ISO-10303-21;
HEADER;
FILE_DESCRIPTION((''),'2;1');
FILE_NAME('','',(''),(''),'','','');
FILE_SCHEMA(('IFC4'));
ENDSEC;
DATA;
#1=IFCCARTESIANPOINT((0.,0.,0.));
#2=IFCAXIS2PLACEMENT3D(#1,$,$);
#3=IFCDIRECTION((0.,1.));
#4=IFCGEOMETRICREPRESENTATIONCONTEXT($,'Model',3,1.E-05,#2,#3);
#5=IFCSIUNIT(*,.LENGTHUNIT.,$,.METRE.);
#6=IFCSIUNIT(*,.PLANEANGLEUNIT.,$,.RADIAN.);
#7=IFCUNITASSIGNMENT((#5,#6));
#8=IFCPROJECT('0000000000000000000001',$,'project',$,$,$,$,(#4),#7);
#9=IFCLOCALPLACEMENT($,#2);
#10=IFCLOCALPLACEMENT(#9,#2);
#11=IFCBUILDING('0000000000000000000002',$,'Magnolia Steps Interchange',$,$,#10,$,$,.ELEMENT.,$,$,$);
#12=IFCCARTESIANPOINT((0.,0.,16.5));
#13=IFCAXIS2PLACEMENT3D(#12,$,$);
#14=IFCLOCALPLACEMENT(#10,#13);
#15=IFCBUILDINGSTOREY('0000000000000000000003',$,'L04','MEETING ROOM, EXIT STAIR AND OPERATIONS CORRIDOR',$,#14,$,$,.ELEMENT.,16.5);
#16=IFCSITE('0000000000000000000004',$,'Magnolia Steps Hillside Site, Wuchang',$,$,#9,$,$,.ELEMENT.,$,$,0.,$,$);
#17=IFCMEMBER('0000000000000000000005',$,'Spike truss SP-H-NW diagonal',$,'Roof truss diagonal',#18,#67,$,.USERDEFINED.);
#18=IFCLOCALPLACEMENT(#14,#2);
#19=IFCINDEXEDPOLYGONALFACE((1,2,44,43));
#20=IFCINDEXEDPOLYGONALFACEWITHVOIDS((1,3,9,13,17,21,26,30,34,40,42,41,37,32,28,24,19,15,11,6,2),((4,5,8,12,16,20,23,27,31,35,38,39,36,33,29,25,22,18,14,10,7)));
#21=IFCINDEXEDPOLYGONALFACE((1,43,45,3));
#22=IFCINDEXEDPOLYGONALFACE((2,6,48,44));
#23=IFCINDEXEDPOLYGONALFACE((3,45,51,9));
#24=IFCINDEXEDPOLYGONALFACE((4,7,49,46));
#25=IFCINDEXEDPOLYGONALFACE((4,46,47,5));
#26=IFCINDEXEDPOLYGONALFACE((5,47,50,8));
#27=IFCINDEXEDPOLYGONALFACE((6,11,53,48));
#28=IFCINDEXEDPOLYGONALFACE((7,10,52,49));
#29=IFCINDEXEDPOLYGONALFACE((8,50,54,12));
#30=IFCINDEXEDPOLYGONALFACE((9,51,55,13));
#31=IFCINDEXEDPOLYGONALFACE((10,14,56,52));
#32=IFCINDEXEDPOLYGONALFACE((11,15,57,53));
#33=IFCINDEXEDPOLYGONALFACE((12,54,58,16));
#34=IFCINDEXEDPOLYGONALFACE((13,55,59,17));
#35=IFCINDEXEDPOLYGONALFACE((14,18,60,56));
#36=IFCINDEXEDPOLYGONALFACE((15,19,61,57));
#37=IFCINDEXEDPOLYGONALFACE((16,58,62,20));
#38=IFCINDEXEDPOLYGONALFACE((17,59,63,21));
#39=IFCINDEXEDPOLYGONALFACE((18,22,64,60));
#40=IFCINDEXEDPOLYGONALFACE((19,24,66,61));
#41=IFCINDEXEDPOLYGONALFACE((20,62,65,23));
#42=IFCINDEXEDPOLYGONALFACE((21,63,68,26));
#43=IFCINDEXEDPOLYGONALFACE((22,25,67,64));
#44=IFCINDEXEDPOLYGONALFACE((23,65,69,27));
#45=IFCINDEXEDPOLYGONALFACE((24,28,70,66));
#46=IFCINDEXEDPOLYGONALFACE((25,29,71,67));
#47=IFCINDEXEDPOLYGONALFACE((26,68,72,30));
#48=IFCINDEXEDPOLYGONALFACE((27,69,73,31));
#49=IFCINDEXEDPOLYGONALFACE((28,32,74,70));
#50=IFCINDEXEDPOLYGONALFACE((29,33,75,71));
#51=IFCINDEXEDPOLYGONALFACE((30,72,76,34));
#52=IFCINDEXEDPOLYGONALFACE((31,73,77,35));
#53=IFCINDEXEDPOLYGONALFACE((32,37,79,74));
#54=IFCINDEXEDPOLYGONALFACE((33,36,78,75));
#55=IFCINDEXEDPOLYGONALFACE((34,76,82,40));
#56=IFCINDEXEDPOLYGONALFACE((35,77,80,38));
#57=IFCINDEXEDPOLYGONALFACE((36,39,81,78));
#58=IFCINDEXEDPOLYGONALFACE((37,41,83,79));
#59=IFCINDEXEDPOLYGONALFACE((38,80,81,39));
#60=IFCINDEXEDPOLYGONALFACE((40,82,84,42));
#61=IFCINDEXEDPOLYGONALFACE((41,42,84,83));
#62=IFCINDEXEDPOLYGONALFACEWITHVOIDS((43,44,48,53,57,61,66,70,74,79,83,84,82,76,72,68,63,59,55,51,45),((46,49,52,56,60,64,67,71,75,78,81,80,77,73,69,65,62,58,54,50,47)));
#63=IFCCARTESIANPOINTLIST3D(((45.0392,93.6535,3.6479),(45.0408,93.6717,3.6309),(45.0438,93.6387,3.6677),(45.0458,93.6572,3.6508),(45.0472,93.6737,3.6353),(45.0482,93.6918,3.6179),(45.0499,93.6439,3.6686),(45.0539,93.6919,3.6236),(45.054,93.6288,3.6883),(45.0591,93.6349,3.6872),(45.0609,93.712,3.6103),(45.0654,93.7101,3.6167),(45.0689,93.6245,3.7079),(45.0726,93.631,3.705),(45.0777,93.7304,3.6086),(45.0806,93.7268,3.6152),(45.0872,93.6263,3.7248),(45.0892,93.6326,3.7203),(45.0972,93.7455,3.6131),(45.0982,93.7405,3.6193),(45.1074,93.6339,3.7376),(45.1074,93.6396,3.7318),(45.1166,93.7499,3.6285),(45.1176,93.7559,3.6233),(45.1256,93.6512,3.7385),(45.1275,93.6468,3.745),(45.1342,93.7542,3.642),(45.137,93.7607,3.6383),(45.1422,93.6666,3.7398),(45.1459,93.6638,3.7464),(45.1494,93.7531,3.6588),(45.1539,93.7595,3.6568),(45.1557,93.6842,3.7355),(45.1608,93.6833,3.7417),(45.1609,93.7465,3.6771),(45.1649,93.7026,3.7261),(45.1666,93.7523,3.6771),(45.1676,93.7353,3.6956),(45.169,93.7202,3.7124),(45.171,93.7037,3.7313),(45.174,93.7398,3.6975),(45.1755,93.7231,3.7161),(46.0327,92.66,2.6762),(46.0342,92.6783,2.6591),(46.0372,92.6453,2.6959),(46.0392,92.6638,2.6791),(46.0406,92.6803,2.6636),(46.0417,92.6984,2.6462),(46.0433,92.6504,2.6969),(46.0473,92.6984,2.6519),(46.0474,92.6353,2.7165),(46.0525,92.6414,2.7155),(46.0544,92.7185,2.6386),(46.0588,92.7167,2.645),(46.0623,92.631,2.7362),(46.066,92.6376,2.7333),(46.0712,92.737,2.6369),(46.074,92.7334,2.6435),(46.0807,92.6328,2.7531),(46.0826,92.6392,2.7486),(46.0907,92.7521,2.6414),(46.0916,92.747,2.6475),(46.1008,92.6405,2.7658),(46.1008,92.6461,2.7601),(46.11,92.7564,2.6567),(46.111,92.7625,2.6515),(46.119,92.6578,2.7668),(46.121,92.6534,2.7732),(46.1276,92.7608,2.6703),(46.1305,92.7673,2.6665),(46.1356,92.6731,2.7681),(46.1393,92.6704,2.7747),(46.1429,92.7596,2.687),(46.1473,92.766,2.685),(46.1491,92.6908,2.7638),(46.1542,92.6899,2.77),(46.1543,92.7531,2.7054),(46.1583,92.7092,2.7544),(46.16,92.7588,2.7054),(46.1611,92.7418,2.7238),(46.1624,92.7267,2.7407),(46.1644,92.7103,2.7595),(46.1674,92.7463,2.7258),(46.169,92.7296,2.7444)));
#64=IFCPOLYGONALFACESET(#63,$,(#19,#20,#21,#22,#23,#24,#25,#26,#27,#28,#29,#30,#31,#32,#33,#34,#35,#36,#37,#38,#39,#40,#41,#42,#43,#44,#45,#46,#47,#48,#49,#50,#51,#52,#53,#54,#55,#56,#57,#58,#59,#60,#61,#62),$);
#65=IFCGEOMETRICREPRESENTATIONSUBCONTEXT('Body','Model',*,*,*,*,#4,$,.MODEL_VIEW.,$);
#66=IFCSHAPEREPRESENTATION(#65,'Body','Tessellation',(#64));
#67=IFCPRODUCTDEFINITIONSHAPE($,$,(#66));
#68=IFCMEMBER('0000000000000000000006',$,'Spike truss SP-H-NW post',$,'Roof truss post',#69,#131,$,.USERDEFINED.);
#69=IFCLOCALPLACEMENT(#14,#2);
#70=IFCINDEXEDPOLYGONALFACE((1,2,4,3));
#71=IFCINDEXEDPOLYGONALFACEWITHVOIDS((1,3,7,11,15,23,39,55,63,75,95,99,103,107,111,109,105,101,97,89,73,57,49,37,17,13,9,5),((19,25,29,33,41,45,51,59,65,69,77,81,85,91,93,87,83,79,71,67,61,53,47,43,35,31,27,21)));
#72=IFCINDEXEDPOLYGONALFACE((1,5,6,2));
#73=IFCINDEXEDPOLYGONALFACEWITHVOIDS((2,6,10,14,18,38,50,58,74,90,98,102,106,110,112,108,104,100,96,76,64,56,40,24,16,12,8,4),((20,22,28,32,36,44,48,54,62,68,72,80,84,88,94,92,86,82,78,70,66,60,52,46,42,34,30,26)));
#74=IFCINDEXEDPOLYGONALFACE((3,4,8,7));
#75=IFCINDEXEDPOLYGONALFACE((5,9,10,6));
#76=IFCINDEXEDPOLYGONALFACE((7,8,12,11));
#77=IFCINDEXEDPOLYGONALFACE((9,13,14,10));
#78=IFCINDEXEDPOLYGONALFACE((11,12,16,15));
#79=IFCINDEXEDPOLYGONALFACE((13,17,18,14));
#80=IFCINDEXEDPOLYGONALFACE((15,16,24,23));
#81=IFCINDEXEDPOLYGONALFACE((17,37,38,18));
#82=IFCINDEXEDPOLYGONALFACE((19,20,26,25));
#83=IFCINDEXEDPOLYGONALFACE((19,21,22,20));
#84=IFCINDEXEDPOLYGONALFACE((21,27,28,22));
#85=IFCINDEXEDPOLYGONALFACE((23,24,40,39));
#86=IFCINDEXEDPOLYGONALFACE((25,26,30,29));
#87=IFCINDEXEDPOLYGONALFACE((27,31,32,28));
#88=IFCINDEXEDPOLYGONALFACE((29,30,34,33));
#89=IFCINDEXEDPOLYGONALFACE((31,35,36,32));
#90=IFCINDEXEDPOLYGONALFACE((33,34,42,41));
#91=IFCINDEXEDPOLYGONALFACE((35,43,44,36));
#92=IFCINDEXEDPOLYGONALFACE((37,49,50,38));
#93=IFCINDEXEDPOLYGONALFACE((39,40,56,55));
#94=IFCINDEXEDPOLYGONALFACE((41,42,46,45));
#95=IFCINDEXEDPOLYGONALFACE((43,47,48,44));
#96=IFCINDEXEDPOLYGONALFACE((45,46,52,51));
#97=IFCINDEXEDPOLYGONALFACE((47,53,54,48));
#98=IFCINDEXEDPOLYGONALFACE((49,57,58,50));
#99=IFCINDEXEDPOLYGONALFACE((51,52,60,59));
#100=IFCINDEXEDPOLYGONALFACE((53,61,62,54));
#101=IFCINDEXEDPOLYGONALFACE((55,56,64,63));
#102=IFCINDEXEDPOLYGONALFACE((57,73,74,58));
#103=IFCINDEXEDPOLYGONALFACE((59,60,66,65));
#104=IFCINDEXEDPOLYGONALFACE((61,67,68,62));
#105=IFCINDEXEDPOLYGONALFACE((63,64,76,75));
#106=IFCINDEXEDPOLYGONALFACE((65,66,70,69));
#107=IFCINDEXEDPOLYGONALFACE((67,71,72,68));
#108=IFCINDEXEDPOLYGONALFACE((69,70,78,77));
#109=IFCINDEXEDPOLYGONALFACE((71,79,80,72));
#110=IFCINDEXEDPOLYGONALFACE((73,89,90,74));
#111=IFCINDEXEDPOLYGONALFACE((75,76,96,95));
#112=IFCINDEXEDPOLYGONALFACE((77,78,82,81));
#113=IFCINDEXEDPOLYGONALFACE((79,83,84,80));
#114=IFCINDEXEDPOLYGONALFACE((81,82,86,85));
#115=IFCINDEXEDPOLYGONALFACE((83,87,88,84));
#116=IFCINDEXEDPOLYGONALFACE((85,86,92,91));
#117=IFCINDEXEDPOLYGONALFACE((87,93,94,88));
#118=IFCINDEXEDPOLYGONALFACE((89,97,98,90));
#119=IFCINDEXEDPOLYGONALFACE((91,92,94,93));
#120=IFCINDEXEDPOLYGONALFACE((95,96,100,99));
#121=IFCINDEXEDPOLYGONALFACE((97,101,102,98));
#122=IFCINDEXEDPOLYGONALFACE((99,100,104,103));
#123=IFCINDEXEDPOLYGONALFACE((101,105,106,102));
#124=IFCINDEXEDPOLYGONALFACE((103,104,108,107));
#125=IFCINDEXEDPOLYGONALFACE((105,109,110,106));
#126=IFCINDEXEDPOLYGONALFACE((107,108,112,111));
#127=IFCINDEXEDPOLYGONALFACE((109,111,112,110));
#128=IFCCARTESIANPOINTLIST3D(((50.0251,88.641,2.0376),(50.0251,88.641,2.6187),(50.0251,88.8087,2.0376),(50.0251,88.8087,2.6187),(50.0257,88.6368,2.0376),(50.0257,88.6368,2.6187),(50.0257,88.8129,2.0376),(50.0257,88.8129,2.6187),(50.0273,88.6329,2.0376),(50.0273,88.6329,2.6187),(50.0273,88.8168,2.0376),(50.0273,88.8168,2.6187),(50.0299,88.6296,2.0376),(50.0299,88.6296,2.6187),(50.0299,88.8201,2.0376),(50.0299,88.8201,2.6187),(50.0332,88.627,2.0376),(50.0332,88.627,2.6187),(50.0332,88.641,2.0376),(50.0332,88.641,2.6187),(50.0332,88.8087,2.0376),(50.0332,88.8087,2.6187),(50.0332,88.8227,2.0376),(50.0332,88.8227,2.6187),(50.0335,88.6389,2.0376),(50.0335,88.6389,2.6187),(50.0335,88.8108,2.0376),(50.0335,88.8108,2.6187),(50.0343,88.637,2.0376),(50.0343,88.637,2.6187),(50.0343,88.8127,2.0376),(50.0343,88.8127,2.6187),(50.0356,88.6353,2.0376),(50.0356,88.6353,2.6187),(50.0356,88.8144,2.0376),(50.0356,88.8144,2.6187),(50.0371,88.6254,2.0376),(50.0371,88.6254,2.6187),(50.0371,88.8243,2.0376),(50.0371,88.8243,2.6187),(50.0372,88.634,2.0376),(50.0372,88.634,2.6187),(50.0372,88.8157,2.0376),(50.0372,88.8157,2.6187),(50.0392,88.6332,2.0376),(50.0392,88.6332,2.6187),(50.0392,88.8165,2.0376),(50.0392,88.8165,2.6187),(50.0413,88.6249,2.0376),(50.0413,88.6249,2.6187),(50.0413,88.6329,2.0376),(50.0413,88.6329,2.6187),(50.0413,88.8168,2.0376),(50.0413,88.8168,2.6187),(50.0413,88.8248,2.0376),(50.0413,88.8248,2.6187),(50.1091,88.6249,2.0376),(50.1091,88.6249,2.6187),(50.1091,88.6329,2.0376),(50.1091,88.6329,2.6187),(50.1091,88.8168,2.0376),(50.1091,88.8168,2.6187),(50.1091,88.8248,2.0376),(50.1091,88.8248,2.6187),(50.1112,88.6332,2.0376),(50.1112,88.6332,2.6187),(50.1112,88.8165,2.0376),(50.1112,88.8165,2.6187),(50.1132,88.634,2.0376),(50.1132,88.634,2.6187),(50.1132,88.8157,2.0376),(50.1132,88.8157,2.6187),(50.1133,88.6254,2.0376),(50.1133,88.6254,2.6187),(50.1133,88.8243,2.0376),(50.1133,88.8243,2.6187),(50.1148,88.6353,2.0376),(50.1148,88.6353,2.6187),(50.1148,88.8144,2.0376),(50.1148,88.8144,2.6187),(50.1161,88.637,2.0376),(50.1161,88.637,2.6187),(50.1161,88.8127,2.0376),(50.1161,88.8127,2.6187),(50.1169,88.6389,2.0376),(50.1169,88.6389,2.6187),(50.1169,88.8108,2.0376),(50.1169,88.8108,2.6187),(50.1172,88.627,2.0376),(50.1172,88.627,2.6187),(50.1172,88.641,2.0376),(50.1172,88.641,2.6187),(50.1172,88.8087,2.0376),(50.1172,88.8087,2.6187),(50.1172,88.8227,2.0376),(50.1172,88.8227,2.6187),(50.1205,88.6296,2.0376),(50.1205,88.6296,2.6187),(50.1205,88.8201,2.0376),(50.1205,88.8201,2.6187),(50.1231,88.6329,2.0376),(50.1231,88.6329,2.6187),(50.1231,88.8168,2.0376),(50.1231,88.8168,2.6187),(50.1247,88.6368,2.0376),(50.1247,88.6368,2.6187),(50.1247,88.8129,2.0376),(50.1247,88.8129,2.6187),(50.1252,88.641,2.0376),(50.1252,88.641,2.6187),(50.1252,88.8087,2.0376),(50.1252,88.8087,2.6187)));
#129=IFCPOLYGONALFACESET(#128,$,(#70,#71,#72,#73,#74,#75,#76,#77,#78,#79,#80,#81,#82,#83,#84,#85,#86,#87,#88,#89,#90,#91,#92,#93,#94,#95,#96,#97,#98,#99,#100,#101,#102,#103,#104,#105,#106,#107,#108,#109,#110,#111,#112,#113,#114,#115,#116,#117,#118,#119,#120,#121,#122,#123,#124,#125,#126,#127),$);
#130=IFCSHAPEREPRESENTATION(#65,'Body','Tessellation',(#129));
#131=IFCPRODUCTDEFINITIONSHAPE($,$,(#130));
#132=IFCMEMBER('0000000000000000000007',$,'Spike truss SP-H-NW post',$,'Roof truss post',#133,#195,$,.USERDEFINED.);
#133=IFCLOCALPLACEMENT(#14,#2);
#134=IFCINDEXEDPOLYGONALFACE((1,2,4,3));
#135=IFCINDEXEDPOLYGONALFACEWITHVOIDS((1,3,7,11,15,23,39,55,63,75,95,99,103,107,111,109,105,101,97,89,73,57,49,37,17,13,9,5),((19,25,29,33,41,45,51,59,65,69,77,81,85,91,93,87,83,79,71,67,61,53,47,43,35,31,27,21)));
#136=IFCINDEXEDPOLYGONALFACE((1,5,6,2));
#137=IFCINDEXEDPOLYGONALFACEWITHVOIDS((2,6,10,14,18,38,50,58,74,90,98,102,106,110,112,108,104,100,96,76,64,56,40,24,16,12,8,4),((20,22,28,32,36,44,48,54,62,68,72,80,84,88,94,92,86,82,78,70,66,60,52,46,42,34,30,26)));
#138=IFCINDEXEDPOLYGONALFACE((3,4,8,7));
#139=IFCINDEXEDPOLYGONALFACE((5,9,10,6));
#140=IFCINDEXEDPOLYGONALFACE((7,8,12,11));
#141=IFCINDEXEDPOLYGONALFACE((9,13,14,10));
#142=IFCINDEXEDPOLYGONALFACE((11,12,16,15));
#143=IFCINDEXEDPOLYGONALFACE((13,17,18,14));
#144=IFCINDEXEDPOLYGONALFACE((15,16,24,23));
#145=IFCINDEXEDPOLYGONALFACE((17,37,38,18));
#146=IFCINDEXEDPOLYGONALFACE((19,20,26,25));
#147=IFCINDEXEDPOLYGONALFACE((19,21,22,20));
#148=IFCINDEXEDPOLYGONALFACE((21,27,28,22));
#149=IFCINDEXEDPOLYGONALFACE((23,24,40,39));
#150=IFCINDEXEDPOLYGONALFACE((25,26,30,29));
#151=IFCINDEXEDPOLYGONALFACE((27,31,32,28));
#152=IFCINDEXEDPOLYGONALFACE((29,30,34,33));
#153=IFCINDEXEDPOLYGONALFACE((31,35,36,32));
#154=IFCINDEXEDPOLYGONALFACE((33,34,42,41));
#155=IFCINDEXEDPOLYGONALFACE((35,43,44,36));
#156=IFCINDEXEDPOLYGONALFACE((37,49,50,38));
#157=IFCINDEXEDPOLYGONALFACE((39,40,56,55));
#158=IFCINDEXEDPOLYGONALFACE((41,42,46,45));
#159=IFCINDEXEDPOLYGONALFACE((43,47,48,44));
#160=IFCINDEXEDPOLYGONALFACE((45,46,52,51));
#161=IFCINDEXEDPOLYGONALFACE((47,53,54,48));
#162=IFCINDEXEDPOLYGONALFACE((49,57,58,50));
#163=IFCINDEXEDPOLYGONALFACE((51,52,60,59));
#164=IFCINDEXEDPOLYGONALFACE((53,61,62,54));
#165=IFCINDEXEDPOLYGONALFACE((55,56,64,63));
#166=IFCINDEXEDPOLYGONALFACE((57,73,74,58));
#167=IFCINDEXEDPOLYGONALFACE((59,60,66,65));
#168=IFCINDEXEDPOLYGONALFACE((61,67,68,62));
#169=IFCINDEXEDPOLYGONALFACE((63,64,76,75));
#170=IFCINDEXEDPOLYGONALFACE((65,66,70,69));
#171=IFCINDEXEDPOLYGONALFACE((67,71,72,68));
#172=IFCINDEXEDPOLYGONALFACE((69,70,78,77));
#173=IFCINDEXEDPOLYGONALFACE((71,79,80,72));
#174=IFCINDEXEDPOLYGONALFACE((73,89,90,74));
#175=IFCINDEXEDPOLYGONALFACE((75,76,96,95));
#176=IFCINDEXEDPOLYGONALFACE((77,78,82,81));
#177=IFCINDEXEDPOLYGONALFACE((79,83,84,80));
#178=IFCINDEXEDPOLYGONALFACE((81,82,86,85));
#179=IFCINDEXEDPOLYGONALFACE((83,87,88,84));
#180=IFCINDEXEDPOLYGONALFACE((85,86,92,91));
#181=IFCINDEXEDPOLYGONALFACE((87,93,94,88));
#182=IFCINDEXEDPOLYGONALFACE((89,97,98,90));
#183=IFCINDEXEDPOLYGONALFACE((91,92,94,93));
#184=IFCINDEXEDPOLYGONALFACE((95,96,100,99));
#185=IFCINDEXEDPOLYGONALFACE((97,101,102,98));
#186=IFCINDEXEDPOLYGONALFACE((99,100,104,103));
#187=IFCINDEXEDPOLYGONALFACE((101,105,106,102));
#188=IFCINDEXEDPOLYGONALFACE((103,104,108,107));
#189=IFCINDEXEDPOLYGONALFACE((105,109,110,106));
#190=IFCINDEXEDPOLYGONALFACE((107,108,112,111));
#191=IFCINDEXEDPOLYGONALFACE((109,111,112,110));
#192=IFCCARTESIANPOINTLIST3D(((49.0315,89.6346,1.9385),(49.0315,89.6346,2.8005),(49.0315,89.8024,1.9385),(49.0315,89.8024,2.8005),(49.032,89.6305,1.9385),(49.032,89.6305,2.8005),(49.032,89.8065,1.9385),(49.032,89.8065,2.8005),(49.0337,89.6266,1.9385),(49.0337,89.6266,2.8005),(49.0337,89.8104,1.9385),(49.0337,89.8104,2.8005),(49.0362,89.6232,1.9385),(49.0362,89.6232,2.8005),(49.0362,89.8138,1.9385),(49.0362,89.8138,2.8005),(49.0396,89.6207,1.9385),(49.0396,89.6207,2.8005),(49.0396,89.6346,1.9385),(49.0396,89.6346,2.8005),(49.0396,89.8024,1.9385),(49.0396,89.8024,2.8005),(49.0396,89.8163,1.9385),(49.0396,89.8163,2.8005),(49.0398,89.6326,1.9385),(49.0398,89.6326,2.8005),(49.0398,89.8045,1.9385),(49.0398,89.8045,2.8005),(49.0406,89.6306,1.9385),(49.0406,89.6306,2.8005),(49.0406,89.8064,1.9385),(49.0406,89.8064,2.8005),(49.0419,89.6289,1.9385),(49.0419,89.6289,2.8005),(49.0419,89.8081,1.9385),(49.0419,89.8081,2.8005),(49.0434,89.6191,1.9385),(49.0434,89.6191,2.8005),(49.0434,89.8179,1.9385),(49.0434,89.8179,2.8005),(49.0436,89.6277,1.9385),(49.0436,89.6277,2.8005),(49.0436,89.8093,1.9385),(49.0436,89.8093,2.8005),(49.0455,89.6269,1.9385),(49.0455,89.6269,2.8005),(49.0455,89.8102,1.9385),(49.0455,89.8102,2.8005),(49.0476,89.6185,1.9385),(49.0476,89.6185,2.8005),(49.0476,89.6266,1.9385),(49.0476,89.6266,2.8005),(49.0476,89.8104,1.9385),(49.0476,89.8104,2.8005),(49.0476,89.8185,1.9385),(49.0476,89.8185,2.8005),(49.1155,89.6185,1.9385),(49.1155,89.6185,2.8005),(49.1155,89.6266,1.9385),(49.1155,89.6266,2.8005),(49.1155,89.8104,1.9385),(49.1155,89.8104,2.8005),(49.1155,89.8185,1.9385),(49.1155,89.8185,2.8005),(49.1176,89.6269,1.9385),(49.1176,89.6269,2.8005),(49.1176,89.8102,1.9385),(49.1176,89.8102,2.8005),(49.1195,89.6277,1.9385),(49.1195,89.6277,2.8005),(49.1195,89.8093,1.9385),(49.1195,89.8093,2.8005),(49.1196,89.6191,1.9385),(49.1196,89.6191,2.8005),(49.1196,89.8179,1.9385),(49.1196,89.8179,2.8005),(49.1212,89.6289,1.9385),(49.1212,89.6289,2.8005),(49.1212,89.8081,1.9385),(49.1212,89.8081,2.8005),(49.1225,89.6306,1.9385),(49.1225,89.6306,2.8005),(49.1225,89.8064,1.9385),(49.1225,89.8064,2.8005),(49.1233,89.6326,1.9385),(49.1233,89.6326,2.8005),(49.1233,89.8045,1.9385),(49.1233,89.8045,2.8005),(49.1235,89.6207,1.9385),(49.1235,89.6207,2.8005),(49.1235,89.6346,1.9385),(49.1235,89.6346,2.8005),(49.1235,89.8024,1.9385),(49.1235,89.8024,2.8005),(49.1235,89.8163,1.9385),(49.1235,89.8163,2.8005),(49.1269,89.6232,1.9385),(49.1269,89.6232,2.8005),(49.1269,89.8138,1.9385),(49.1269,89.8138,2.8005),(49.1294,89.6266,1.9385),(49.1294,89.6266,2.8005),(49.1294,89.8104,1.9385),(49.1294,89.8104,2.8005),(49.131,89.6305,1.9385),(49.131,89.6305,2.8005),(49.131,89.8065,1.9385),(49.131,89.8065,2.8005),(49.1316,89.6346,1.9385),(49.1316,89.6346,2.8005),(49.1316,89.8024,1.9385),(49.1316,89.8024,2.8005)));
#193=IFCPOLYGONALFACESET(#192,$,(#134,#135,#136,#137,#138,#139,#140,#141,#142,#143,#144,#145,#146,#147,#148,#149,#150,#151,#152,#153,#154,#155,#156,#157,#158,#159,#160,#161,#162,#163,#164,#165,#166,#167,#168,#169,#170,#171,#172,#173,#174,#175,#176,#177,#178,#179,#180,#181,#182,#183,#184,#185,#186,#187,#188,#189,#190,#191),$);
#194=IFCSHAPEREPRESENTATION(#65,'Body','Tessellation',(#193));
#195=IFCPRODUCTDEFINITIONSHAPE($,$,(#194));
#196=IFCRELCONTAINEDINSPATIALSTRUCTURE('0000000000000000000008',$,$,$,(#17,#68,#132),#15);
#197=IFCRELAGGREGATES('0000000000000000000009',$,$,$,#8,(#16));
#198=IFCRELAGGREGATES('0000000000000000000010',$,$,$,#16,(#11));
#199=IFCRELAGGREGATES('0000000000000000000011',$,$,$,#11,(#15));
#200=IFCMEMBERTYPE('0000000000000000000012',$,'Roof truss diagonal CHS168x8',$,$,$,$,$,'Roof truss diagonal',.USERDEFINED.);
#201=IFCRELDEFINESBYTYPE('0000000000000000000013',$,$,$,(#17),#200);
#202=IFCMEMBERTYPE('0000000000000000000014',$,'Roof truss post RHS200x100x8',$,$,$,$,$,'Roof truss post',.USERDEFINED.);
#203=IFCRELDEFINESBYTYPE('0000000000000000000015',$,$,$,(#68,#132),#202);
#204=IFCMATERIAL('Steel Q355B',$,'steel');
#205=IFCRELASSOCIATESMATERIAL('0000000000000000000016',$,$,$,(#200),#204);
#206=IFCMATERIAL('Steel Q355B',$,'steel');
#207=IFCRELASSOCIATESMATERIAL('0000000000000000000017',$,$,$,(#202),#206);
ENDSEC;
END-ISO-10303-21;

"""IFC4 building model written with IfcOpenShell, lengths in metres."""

from ifc_helpers import new_model, si_unit, direction, frame, origin, origin_2d, place, context, subcontext, project, spatial, hollow_rectangle, hollow_circle, extrude, material, material_profile, profile_set, type_object, element, save


model = new_model("IFC4")

# Units and contexts
model_context = context("Model", 3, precision=1e-05, world=origin(), true_north=direction((0.0, 1.0)))
body_context = subcontext(model_context, "Body", "Model", "MODEL_VIEW")
ifc_project = project(units=[si_unit("LENGTHUNIT", "METRE"), si_unit("PLANEANGLEUNIT", "RADIAN")], contexts=[model_context])

# Site, building, storey
site_placement = place(None, origin())
site = spatial("IfcSite", under=ifc_project, at=site_placement, Name="Magnolia Steps Hillside Site, Wuchang", CompositionType="ELEMENT", RefElevation=0.0)
building_placement = place(site_placement, origin())
building = spatial("IfcBuilding", under=site, at=building_placement, Name="Magnolia Steps Interchange", CompositionType="ELEMENT")
storey_placement = place(building_placement, frame((0.0, 0.0, 16.5)))
storey = spatial("IfcBuildingStorey", under=building, at=storey_placement, Name="L04", Description="MEETING ROOM, EXIT STAIR AND OPERATIONS CORRIDOR", CompositionType="ELEMENT", Elevation=16.5)

# Members
ifc_material_1 = material(Name="Steel Q355B", Category="steel")
ifc_material_profile_1 = material_profile(ifc_material_1, hollow_circle(Radius=0.084, WallThickness=0.0081, at=origin_2d()), Name="CHS168x8")
ifc_profile_set_1 = profile_set([ifc_material_profile_1], Name="Steel Q355B")
member_type_1 = type_object("IfcMemberType", Name="Roof truss diagonal CHS168x8", ElementType="Roof truss diagonal", PredefinedType="USERDEFINED", material=ifc_profile_set_1)
member_1_placement = place(storey_placement, frame((46.1008, 92.6992, 2.7058), z_axis=(-0.581559, 0.581559, 0.568839), x_axis=(-0.757321, -0.642384, -0.117506)))
element("IfcMember", 1, at=member_1_placement, inside=storey, type_object=member_type_1, Name="Spike truss SP-H-NW diagonal", ObjectType="Roof truss diagonal", PredefinedType="USERDEFINED", context=body_context, shape_type="SweptSolid", body=[
    extrude(hollow_circle(Radius=0.084, WallThickness=0.0081, at=origin_2d()), origin(), (0.0, 0.0, 1.0), 1.7083),
])
ifc_material_2 = material(Name="Steel Q355B", Category="steel")
ifc_material_profile_2 = material_profile(ifc_material_2, hollow_rectangle(XDim=0.1001, YDim=0.2, WallThickness=0.0081, InnerFilletRadius=0.0081, OuterFilletRadius=0.0161, at=origin_2d()), Name="RHS200x100x8")
ifc_profile_set_2 = profile_set([ifc_material_profile_2], Name="Steel Q355B")
member_type_2 = type_object("IfcMemberType", Name="Roof truss post RHS200x100x8", ElementType="Roof truss post", PredefinedType="USERDEFINED", material=ifc_profile_set_2)
member_2_placement = place(storey_placement, frame((50.0752, 88.7249, 2.0376), z_axis=(0.0, 0.0, 1.0), x_axis=(1.0, 0.0, 0.0)))
element("IfcMember", 2, at=member_2_placement, inside=storey, type_object=member_type_2, Name="Spike truss SP-H-NW post", ObjectType="Roof truss post", PredefinedType="USERDEFINED", context=body_context, shape_type="SweptSolid", body=[
    extrude(hollow_rectangle(XDim=0.1001, YDim=0.2, WallThickness=0.0081, InnerFilletRadius=0.0081, OuterFilletRadius=0.0161, at=origin_2d()), origin(), (0.0, 0.0, 1.0), 0.5811),
])
member_3_placement = place(storey_placement, frame((49.0815, 89.7185, 1.9385), z_axis=(0.0, 0.0, 1.0), x_axis=(1.0, 0.0, 0.0)))
element("IfcMember", 3, at=member_3_placement, inside=storey, type_object=member_type_2, Name="Spike truss SP-H-NW post", ObjectType="Roof truss post", PredefinedType="USERDEFINED", context=body_context, shape_type="SweptSolid", body=[
    extrude(hollow_rectangle(XDim=0.1001, YDim=0.2, WallThickness=0.0081, InnerFilletRadius=0.0081, OuterFilletRadius=0.0161, at=origin_2d()), origin(), (0.0, 0.0, 1.0), 0.8621),
])

save(model, "model.ifc")
